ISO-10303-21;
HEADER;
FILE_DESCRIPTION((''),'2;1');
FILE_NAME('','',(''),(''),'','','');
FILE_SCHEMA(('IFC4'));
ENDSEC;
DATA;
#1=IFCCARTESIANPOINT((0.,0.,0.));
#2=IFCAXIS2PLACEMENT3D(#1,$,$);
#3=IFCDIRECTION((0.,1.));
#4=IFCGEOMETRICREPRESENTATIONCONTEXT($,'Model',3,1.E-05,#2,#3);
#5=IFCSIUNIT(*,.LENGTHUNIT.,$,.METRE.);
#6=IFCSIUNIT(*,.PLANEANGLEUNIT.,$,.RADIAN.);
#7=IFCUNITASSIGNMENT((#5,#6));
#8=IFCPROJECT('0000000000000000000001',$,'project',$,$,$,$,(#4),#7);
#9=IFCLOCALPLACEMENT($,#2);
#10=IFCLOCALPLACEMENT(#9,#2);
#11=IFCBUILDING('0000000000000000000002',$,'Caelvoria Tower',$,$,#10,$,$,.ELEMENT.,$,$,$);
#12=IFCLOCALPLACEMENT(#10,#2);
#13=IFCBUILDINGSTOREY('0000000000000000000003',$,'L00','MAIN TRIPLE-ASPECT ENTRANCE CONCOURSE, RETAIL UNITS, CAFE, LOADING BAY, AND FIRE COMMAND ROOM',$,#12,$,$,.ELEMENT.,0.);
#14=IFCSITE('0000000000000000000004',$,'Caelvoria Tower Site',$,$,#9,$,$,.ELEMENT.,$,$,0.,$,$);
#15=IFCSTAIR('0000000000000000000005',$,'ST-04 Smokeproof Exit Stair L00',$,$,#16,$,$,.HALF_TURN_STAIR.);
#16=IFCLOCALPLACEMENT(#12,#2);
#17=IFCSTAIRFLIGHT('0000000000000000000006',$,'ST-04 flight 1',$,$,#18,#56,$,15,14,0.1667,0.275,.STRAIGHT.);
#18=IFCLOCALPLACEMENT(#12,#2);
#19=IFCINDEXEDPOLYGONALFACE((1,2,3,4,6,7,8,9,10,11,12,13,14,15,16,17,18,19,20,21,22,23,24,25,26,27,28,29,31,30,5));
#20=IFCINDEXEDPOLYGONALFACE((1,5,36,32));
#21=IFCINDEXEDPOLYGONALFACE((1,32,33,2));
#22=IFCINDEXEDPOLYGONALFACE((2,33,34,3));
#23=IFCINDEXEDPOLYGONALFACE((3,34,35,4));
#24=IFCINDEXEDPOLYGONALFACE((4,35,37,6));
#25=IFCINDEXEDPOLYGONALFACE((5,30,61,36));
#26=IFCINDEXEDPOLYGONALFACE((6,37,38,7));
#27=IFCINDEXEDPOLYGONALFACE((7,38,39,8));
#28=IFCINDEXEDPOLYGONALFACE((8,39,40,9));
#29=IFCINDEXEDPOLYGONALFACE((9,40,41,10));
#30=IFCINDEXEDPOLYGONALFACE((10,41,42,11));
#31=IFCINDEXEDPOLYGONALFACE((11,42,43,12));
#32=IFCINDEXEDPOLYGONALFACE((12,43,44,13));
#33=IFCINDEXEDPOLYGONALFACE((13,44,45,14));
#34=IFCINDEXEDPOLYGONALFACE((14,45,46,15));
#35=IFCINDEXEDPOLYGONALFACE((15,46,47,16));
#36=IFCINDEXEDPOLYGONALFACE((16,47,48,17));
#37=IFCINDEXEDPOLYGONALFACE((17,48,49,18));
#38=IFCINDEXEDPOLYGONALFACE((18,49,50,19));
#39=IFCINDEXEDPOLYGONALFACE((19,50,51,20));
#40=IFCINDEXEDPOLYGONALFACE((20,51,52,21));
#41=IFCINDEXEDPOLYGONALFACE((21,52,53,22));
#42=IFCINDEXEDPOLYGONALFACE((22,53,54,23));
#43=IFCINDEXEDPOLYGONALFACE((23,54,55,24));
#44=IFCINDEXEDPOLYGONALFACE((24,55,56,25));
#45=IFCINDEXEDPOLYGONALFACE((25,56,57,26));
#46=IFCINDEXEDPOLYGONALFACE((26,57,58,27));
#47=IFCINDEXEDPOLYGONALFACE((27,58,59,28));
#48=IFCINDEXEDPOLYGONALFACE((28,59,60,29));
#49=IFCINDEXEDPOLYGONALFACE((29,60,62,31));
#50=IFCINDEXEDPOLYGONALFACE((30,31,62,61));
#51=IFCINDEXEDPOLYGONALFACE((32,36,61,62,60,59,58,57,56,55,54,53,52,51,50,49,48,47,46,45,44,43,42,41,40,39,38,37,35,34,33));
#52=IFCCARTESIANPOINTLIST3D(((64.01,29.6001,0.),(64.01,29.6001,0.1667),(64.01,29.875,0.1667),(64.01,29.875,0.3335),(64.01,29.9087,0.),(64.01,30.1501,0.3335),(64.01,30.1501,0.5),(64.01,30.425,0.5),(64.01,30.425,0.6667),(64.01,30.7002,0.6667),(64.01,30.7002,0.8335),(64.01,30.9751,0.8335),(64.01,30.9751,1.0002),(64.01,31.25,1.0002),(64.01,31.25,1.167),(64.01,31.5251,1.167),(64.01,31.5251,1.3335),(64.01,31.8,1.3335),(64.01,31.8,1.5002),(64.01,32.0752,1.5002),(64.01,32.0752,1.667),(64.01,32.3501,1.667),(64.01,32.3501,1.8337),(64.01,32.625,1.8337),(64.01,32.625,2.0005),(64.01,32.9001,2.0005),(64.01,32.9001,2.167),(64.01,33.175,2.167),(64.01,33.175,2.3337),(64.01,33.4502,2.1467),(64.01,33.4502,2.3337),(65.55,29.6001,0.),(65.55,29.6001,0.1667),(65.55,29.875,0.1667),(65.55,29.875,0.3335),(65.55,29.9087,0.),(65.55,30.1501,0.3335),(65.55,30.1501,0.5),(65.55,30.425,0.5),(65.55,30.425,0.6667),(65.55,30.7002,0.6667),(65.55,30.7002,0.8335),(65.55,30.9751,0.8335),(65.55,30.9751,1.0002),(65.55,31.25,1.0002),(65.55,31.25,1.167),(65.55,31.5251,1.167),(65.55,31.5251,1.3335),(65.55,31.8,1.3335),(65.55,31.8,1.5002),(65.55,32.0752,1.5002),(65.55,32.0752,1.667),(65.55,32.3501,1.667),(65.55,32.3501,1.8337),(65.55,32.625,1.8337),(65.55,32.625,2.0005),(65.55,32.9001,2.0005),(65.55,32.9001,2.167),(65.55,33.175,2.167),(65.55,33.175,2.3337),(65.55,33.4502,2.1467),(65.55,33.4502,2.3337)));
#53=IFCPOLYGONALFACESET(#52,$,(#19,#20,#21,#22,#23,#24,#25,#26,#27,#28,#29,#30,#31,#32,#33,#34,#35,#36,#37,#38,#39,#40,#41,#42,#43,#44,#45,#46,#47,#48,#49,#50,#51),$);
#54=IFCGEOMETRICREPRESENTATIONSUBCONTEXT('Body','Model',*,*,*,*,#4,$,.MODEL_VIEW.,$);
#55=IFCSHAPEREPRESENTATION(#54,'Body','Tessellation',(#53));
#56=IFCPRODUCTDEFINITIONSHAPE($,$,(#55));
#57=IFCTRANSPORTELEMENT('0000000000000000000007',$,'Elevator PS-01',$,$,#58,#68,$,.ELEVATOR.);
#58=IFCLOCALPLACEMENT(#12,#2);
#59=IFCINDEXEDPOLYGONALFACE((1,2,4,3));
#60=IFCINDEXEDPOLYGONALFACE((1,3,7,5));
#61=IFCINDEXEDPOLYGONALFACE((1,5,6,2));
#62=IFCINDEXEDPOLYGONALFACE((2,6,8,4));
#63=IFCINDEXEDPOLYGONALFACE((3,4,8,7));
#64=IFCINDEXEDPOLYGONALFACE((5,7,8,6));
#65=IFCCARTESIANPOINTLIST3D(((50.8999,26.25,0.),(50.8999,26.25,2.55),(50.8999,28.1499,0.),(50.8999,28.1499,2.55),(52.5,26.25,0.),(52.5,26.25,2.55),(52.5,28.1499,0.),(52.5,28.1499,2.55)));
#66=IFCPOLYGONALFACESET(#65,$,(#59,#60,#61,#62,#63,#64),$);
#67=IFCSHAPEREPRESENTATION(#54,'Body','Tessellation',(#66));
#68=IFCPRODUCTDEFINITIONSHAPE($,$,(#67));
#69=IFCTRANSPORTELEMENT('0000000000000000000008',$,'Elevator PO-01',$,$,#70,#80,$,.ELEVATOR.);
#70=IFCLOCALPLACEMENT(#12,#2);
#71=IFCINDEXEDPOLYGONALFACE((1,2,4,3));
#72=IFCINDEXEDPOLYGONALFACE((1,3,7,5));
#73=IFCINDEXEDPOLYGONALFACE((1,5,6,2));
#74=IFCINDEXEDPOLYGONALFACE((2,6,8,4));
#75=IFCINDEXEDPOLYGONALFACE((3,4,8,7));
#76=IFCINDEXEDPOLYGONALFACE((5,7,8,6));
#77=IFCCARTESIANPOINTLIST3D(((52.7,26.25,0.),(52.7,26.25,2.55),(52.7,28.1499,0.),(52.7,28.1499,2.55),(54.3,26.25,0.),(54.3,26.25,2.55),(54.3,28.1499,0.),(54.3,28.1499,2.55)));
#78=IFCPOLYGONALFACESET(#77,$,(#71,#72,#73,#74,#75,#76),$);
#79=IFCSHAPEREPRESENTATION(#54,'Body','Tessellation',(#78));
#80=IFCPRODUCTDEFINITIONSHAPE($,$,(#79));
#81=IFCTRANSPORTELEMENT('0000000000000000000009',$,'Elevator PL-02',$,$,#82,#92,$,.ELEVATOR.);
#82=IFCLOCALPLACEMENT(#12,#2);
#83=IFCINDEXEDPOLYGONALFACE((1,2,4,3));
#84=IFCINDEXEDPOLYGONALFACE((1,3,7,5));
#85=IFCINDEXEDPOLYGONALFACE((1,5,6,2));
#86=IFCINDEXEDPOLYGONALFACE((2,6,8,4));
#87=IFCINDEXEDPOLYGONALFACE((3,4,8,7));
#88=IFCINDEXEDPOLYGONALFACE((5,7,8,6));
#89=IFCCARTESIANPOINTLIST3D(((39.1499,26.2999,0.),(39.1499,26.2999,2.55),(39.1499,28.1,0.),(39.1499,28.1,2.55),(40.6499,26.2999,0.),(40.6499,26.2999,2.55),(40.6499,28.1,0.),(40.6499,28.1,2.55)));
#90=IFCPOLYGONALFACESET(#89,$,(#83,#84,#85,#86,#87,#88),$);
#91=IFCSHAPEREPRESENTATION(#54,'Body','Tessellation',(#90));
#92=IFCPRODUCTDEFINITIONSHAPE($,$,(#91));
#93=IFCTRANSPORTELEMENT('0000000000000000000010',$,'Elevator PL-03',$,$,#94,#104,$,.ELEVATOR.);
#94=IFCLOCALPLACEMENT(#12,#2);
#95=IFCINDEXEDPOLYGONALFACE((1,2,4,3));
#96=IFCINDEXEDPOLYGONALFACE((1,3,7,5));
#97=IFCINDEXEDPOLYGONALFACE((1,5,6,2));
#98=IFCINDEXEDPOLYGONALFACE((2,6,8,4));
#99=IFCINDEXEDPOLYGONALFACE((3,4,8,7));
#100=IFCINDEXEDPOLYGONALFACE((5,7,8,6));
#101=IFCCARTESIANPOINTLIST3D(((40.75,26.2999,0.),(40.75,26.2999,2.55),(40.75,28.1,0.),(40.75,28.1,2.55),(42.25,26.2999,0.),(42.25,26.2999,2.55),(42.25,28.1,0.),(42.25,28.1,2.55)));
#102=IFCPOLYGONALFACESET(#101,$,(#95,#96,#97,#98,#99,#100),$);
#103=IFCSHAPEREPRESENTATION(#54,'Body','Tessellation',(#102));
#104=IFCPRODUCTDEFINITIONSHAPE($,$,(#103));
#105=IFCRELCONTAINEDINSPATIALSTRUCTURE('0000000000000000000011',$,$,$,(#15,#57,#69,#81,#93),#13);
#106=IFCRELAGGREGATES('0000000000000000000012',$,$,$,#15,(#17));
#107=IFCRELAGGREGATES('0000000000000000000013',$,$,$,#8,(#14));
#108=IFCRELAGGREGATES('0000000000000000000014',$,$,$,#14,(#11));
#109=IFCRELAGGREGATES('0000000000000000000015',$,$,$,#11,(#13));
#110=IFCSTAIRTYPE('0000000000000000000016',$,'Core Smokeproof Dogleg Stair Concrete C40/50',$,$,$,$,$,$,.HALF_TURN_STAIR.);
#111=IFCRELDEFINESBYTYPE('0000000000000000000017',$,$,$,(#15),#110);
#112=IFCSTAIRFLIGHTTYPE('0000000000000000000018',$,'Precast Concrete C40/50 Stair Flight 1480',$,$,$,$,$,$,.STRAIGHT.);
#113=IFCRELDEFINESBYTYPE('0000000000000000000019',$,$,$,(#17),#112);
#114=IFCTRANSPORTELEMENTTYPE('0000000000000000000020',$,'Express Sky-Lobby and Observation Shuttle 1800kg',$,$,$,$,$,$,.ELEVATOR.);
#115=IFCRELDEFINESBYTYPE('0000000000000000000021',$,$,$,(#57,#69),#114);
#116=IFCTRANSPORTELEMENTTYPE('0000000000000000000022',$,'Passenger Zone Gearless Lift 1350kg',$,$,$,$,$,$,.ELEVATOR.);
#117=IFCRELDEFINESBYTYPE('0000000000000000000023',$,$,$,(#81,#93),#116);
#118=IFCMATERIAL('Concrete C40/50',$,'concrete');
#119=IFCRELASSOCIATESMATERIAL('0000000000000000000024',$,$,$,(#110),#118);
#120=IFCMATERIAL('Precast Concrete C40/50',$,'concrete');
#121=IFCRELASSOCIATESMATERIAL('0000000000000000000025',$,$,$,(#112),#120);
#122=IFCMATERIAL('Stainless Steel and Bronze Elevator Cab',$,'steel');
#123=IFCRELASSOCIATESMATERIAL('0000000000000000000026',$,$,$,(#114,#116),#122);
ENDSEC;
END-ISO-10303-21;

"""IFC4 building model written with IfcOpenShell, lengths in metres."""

from ifc_helpers import new_model, si_unit, direction, frame, origin, origin_2d, place, context, subcontext, project, spatial, polyline, rectangle, outline, extrude, material, type_object, element, aggregate, save


model = new_model("IFC4")

# Units and contexts
model_context = context("Model", 3, precision=1e-05, world=origin(), true_north=direction((0.0, 1.0)))
body_context = subcontext(model_context, "Body", "Model", "MODEL_VIEW")
ifc_project = project(units=[si_unit("LENGTHUNIT", "METRE"), si_unit("PLANEANGLEUNIT", "RADIAN")], contexts=[model_context])

# Site, building, storey
site_placement = place(None, origin())
site = spatial("IfcSite", under=ifc_project, at=site_placement, Name="Caelvoria Tower Site", CompositionType="ELEMENT", RefElevation=0.0)
building_placement = place(site_placement, origin())
building = spatial("IfcBuilding", under=site, at=building_placement, Name="Caelvoria Tower", CompositionType="ELEMENT")
storey_placement = place(building_placement, origin())
storey = spatial("IfcBuildingStorey", under=building, at=storey_placement, Name="L00", Description="MAIN TRIPLE-ASPECT ENTRANCE CONCOURSE, RETAIL UNITS, CAFE, LOADING BAY, AND FIRE COMMAND ROOM", CompositionType="ELEMENT", Elevation=0.0)

# Stair, stair flight
ifc_material_1 = material(Name="Concrete C40/50", Category="concrete")
stair_type = type_object("IfcStairType", Name="Core Smokeproof Dogleg Stair Concrete C40/50", PredefinedType="HALF_TURN_STAIR", material=ifc_material_1)
stair_placement = place(storey_placement, origin())
stair = element("IfcStair", 1, at=stair_placement, inside=storey, type_object=stair_type, Name="ST-04 Smokeproof Exit Stair L00", PredefinedType="HALF_TURN_STAIR")
ifc_material_2 = material(Name="Precast Concrete C40/50", Category="concrete")
stair_flight_type = type_object("IfcStairFlightType", Name="Precast Concrete C40/50 Stair Flight 1480", PredefinedType="STRAIGHT", material=ifc_material_2)
stair_flight_placement = place(storey_placement, frame((64.78, 29.6001, 0.0), z_axis=(0.0, 0.0, 1.0), x_axis=(0.0, 1.0, 0.0)))
stair_flight = element("IfcStairFlight", 2, at=stair_flight_placement, type_object=stair_flight_type, Name="ST-04 flight 1", NumberOfRisers=15, NumberOfTreads=14, PredefinedType="STRAIGHT", RiserHeight=0.1667, TreadLength=0.275, context=body_context, shape_type="SweptSolid", body=[
    extrude(outline(polyline([(0.0, 0.0), (0.0, 0.1667), (0.2749, 0.1667), (0.2749, 0.3335), (0.55, 0.3335), (0.55, 0.5), (0.825, 0.5), (0.825, 0.6667), (1.1001, 0.6667), (1.1001, 0.8335), (1.375, 0.8335), (1.375, 1.0002), (1.6499, 1.0002), (1.6499, 1.167), (1.925, 1.167), (1.925, 1.3335), (2.2, 1.3335), (2.2, 1.5002), (2.4751, 1.5002), (2.4751, 1.667), (2.75, 1.667), (2.75, 1.8337), (3.0249, 1.8337), (3.0249, 2.0005), (3.3, 2.0005), (3.3, 2.167), (3.575, 2.167), (3.575, 2.3337), (3.8501, 2.3337), (3.8501, 2.5005), (3.8501, 2.1467), (0.3086, 0.0), (0.0, 0.0)])), frame((0.0, 0.77, 0.0), z_axis=(0.0, -1.0, 0.0), x_axis=(1.0, 0.0, 0.0)), (0.0, 0.0, 1.0), 1.54),
])
aggregate(stair, [stair_flight])

# Transport elements
ifc_material_3 = material(Name="Stainless Steel and Bronze Elevator Cab", Category="steel")
transport_element_type_1 = type_object("IfcTransportElementType", Name="Express Sky-Lobby and Observation Shuttle 1800kg", PredefinedType="ELEVATOR", material=ifc_material_3)
for number, where, z_axis, x_axis, name in (
    (3, (51.7, 27.2, 0.0), (0.0, 0.0, 1.0), (1.0, 0.0, 0.0), "Elevator PS-01"),
    (4, (53.5, 27.2, 0.0), (0.0, 0.0, 1.0), (1.0, 0.0, 0.0), "Elevator PO-01"),
):
    element("IfcTransportElement", number, at=place(storey_placement, frame(where, z_axis=z_axis, x_axis=x_axis)), inside=storey, type_object=transport_element_type_1, Name=name, PredefinedType="ELEVATOR", context=body_context, shape_type="SweptSolid", body=[
        extrude(rectangle(XDim=1.6001, YDim=1.8999, at=origin_2d()), origin(), (0.0, 0.0, 1.0), 2.55),
    ])
transport_element_type_2 = type_object("IfcTransportElementType", Name="Passenger Zone Gearless Lift 1350kg", PredefinedType="ELEVATOR", material=ifc_material_3)
for number, where, z_axis, x_axis, name in (
    (5, (39.8999, 27.2, 0.0), (0.0, 0.0, 1.0), (1.0, 0.0, 0.0), "Elevator PL-02"),
    (6, (41.5, 27.2, 0.0), (0.0, 0.0, 1.0), (1.0, 0.0, 0.0), "Elevator PL-03"),
):
    element("IfcTransportElement", number, at=place(storey_placement, frame(where, z_axis=z_axis, x_axis=x_axis)), inside=storey, type_object=transport_element_type_2, Name=name, PredefinedType="ELEVATOR", context=body_context, shape_type="SweptSolid", body=[
        extrude(rectangle(XDim=1.5, YDim=1.8, at=origin_2d()), origin(), (0.0, 0.0, 1.0), 2.55),
    ])

save(model, "model.ifc")
